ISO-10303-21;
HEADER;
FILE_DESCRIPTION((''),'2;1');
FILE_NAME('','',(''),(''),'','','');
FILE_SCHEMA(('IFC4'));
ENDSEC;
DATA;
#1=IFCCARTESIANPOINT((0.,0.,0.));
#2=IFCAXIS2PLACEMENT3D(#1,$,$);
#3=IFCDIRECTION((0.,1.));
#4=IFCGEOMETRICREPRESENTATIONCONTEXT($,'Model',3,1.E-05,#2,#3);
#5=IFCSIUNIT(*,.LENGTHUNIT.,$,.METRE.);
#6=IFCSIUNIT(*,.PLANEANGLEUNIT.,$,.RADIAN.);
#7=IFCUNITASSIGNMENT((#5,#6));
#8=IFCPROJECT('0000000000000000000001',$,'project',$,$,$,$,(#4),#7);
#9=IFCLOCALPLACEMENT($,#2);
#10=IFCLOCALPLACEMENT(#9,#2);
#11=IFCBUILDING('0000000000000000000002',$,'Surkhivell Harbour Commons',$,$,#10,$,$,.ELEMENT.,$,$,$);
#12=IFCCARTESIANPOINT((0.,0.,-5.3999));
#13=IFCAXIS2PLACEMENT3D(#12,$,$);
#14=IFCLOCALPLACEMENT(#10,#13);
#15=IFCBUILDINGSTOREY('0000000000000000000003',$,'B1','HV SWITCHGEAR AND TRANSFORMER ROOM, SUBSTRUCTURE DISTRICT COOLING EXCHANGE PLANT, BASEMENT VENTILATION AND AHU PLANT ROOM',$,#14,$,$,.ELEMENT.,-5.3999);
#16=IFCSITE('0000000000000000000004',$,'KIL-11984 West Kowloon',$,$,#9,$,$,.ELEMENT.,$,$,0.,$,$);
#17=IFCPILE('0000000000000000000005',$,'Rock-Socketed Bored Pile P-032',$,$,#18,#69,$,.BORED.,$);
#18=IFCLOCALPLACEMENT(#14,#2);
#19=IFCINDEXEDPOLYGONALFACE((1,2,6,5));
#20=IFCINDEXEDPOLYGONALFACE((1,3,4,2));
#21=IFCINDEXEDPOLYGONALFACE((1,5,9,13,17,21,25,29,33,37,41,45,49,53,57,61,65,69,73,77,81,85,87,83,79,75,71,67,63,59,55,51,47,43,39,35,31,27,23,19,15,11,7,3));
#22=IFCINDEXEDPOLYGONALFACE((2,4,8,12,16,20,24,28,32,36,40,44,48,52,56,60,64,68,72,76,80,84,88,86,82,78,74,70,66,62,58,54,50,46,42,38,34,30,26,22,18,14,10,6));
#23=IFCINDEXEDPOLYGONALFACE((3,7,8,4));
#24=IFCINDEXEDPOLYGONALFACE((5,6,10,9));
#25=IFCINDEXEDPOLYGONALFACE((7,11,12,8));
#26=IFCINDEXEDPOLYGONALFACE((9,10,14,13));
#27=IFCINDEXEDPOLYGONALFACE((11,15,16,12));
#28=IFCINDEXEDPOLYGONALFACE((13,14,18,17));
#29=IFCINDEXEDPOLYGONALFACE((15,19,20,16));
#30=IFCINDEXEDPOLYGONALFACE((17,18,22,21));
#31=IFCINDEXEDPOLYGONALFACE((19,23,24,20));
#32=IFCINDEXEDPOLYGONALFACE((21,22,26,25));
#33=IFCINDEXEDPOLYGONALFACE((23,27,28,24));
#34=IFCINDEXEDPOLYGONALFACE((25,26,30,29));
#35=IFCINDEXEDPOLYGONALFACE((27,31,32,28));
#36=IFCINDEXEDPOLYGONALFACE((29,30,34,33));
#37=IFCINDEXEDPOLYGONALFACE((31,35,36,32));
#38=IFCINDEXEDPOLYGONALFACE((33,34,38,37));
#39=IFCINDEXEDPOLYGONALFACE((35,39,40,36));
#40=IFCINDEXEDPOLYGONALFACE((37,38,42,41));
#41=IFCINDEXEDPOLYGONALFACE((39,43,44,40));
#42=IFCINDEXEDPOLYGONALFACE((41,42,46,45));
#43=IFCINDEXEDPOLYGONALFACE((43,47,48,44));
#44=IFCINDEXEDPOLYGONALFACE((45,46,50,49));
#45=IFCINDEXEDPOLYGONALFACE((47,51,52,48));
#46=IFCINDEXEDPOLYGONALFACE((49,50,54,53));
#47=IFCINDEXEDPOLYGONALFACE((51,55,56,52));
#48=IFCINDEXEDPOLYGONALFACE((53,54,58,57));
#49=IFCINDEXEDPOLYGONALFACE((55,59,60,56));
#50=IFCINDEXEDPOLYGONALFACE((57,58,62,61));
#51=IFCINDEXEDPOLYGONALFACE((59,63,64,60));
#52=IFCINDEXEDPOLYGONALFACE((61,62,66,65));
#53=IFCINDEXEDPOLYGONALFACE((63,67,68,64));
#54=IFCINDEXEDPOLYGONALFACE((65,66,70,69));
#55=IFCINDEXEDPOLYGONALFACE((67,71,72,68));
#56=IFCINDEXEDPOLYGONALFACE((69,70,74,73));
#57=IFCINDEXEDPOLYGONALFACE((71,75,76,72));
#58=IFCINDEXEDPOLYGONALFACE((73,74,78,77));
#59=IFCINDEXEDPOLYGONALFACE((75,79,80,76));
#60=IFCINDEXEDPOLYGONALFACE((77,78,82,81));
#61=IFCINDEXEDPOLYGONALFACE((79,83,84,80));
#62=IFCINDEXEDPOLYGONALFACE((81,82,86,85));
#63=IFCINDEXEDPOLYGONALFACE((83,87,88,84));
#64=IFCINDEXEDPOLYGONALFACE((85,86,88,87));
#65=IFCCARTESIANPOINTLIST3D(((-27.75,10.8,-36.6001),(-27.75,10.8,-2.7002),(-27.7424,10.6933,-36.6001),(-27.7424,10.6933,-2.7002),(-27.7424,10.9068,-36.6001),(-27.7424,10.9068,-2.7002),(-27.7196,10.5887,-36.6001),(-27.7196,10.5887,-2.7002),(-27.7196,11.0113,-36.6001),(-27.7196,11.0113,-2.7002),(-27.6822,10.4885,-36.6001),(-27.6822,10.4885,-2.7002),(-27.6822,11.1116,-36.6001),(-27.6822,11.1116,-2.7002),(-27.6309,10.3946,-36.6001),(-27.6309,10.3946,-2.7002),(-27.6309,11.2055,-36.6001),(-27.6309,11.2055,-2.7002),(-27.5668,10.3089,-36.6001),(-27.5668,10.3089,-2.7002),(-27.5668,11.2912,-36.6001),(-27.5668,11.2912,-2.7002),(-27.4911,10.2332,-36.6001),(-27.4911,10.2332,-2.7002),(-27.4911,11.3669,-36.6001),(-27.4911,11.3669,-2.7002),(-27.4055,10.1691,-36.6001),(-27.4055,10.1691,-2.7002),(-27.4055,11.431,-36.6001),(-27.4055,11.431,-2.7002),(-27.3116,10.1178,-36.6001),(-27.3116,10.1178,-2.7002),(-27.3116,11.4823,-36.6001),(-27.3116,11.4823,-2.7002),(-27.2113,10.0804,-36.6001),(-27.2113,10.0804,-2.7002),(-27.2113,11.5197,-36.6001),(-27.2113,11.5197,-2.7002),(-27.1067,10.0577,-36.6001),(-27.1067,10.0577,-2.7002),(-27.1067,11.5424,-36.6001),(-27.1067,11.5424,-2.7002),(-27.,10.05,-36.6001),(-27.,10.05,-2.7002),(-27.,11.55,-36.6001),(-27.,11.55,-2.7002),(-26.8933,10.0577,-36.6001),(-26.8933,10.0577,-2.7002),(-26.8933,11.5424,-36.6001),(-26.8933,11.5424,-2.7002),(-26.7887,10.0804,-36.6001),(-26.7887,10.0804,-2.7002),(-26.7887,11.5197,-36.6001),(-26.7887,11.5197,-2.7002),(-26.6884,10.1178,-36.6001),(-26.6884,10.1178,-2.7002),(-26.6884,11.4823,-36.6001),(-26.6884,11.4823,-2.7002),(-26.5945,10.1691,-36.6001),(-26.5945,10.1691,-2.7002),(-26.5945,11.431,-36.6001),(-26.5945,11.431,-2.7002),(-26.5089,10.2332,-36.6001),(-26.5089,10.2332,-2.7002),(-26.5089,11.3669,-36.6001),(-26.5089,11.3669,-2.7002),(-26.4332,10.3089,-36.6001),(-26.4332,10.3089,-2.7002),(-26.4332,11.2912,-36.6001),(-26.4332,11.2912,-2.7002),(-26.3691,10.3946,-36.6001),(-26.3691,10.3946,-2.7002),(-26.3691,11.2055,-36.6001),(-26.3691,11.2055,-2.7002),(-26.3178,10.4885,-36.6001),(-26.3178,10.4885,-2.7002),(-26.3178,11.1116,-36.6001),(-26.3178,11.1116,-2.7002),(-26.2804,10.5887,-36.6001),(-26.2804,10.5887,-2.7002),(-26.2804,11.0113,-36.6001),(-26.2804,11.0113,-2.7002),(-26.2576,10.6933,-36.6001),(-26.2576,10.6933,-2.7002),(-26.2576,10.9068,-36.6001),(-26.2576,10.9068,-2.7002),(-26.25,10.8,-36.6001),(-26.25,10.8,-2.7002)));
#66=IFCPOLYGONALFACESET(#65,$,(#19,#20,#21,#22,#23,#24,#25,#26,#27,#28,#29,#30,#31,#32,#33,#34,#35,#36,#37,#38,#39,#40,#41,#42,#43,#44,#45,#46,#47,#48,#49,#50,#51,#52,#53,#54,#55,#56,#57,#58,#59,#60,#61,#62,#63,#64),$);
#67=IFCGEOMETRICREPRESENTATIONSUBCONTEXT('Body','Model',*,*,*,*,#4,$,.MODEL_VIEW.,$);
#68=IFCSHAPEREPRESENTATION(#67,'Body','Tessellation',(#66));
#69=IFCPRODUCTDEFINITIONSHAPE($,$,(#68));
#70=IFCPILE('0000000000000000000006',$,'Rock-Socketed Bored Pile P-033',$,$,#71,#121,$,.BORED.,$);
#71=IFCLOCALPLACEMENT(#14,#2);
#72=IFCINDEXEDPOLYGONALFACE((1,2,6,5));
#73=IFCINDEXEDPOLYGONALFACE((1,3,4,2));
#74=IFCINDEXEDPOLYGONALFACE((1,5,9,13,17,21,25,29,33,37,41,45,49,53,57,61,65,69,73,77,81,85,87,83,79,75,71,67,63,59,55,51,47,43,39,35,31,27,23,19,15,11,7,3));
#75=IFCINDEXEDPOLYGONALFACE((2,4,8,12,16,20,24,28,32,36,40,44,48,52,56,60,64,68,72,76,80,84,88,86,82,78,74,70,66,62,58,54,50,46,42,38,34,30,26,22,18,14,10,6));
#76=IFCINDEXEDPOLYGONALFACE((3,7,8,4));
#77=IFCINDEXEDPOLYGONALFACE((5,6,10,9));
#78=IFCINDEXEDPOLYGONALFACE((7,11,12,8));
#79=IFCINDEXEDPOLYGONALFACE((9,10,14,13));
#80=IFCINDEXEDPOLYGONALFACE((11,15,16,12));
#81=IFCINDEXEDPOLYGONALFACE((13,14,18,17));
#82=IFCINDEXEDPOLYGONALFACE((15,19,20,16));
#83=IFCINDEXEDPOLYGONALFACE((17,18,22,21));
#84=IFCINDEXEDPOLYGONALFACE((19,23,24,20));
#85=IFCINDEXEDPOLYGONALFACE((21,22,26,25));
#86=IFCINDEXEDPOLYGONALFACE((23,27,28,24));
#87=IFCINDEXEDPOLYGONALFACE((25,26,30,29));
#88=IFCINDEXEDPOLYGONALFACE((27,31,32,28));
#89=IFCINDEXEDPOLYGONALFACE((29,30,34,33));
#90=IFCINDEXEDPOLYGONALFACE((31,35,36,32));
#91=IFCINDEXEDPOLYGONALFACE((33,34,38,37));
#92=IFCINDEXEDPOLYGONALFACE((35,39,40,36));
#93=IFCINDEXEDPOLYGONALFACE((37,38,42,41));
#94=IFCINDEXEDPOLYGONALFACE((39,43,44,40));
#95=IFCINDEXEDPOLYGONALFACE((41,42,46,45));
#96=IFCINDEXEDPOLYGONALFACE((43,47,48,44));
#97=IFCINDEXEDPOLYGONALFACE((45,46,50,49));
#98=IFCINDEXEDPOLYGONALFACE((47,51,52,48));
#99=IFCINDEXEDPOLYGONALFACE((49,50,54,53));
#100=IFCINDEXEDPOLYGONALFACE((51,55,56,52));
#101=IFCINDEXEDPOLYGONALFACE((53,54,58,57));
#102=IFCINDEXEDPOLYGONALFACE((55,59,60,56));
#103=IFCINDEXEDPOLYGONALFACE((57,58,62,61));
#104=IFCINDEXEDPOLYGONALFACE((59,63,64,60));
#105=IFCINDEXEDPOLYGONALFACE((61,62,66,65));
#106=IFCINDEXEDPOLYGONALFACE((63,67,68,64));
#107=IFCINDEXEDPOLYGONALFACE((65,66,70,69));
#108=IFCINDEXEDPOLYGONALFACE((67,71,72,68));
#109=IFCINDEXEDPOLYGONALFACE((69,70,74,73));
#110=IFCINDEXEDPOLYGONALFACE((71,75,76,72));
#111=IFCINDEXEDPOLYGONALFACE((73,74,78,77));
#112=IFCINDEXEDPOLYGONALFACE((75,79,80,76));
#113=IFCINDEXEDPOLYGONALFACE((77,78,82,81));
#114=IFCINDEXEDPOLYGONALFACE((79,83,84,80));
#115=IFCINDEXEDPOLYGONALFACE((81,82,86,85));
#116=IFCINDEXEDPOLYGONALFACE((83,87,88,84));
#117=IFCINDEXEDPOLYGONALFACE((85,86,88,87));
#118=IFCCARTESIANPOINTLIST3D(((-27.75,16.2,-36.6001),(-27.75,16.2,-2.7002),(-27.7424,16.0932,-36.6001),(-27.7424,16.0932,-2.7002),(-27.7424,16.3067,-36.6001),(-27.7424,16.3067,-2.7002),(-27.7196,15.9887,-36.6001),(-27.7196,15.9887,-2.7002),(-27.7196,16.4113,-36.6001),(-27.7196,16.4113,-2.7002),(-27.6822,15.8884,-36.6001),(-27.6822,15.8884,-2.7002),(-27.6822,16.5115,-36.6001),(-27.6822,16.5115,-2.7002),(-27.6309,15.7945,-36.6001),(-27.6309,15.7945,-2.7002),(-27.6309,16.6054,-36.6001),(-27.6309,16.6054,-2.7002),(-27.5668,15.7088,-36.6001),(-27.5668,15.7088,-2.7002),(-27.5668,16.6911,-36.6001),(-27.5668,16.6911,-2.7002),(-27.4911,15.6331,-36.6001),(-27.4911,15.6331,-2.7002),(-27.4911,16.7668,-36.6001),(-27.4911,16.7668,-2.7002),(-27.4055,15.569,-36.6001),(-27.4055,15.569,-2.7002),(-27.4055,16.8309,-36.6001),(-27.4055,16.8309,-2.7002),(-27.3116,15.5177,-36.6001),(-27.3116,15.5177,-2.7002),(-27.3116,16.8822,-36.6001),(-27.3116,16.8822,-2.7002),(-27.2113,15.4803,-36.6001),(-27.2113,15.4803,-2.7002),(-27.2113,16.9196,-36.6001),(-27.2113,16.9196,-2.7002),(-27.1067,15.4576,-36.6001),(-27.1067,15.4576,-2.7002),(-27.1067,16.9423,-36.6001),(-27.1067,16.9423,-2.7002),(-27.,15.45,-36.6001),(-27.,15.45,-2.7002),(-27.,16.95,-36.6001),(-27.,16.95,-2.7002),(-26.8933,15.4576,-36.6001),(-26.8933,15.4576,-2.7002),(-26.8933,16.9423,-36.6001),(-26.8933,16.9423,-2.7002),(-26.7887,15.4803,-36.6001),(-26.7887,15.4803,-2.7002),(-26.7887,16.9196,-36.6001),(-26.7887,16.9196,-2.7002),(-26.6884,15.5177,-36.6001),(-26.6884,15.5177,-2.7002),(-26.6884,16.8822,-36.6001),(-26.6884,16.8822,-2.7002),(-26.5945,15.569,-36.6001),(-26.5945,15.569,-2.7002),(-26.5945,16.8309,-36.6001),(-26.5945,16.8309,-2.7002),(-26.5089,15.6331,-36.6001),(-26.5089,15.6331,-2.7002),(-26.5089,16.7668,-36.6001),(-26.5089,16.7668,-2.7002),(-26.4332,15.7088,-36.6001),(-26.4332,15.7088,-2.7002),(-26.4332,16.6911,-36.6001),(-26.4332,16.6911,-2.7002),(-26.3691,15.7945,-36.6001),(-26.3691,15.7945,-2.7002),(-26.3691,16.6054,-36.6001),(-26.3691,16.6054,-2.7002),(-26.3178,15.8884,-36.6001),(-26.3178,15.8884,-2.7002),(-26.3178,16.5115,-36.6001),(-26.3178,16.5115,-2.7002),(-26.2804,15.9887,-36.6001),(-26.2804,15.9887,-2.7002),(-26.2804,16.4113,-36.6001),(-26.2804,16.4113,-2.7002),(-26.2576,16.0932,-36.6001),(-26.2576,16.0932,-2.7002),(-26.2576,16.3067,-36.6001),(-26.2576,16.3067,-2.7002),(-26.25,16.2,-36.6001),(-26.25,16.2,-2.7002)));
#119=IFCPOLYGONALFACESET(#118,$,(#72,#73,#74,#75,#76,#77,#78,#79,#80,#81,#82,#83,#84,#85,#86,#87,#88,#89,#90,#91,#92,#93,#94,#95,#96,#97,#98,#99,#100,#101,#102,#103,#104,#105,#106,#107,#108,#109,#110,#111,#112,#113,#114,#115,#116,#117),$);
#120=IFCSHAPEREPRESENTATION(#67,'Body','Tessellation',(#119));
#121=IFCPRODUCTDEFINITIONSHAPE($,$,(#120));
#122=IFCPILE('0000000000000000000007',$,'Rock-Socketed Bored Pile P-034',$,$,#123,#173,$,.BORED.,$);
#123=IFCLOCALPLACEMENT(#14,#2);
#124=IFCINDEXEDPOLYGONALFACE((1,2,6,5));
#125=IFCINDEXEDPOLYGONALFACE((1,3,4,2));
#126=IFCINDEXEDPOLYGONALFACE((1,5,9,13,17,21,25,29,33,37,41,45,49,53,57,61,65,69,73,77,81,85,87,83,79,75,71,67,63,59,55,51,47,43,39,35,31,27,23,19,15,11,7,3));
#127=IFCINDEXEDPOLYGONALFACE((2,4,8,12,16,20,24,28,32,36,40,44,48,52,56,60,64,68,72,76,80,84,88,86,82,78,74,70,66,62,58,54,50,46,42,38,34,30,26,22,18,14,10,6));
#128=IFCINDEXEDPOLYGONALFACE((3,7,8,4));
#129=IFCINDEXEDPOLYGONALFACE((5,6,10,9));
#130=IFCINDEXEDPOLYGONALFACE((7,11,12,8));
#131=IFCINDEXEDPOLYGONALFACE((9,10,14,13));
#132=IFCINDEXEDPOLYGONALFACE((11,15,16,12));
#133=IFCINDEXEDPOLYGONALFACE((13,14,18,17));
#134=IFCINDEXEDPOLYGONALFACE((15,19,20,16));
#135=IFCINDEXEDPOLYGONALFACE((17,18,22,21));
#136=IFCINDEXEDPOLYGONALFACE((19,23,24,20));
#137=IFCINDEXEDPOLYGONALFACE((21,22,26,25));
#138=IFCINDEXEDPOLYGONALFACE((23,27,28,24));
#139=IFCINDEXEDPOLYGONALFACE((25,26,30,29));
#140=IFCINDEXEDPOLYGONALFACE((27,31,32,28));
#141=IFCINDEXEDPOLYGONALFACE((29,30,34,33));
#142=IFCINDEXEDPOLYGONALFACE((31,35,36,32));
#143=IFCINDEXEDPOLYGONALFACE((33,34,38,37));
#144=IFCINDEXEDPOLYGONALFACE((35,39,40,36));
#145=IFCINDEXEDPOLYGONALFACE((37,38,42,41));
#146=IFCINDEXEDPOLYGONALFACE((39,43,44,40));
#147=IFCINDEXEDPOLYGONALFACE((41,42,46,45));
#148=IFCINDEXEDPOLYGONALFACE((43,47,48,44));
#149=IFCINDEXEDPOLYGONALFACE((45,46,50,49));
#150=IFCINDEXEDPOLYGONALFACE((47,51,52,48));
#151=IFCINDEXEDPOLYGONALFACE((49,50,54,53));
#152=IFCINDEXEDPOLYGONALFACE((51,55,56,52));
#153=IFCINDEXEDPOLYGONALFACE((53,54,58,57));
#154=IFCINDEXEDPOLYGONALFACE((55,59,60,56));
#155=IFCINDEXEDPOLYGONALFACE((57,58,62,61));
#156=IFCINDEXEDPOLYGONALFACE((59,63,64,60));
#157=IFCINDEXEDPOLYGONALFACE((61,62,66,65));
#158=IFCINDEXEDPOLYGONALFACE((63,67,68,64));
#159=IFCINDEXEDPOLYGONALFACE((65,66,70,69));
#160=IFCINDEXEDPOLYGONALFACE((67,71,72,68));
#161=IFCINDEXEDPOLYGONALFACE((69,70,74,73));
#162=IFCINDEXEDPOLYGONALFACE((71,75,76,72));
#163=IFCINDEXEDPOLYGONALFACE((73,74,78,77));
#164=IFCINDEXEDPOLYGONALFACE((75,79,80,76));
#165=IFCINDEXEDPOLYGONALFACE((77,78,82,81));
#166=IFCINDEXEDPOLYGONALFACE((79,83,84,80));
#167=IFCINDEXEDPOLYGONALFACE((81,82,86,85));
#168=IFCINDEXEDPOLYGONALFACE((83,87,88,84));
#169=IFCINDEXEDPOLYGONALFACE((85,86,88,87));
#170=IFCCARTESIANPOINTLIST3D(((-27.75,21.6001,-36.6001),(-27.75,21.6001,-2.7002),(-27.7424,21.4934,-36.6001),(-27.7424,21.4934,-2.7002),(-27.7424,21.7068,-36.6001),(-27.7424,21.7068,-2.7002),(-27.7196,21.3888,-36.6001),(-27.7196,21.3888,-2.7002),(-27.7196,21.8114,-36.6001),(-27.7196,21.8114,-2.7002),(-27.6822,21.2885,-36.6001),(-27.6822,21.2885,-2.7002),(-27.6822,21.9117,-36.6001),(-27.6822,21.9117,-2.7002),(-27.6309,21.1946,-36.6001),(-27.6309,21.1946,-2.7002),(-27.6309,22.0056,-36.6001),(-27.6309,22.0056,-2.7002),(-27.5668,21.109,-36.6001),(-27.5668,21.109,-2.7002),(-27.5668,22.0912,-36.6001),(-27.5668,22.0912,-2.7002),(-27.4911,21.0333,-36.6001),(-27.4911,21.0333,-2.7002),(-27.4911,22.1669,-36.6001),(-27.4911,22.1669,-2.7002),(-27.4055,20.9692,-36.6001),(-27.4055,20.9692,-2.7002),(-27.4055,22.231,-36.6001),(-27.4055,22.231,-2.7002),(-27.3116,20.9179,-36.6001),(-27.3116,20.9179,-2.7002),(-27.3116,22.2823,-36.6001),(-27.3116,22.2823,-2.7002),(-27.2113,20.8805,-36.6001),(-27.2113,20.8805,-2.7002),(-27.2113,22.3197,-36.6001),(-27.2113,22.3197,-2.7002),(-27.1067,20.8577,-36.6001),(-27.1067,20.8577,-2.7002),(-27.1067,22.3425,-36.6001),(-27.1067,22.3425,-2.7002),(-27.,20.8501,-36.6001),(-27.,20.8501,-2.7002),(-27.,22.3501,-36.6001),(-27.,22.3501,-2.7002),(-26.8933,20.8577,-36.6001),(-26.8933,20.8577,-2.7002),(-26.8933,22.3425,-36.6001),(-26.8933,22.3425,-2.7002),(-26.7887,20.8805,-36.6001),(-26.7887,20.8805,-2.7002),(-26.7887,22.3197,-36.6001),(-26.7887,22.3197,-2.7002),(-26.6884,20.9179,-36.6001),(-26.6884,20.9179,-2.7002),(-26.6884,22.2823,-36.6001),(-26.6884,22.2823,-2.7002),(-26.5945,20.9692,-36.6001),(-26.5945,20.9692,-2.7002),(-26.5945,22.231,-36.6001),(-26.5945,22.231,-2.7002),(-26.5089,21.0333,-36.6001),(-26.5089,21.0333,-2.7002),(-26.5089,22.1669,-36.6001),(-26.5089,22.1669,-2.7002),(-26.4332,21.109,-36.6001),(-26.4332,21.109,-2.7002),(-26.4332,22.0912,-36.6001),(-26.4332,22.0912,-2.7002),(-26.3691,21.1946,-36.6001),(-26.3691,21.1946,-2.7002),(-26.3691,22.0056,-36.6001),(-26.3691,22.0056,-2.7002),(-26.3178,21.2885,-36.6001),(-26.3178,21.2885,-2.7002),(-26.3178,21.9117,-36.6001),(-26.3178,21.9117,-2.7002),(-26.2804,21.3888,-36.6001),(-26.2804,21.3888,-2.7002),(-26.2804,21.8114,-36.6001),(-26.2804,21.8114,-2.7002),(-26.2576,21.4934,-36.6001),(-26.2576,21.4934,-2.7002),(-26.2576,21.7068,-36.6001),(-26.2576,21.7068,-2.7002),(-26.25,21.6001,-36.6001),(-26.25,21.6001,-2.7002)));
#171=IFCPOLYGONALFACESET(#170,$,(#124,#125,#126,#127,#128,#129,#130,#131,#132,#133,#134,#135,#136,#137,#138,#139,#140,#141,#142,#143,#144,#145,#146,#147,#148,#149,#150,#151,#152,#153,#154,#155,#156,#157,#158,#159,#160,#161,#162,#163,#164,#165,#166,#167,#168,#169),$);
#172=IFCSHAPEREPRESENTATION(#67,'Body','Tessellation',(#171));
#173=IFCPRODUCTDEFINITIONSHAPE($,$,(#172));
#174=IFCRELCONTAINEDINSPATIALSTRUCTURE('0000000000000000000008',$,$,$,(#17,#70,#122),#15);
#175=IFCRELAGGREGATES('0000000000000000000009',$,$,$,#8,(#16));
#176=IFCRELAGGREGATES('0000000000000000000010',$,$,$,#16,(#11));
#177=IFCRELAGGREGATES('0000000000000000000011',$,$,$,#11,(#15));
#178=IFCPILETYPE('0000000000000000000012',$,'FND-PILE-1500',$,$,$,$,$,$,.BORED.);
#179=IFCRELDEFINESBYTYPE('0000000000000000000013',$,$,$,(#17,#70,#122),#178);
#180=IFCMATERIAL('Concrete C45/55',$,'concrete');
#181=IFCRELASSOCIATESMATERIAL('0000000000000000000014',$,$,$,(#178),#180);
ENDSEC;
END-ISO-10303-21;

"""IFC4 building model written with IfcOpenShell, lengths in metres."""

from ifc_helpers import new_model, si_unit, direction, frame, origin, origin_2d, place, context, subcontext, project, spatial, circle, extrude, material, material_profile, profile_set, type_object, element, save


model = new_model("IFC4")

# Units and contexts
model_context = context("Model", 3, precision=1e-05, world=origin(), true_north=direction((0.0, 1.0)))
body_context = subcontext(model_context, "Body", "Model", "MODEL_VIEW")
ifc_project = project(units=[si_unit("LENGTHUNIT", "METRE"), si_unit("PLANEANGLEUNIT", "RADIAN")], contexts=[model_context])

# Site, building, storey
site_placement = place(None, origin())
site = spatial("IfcSite", under=ifc_project, at=site_placement, Name="KIL-11984 West Kowloon", CompositionType="ELEMENT", RefElevation=0.0)
building_placement = place(site_placement, origin())
building = spatial("IfcBuilding", under=site, at=building_placement, Name="Surkhivell Harbour Commons", CompositionType="ELEMENT")
storey_placement = place(building_placement, frame((0.0, 0.0, -5.3999)))
storey = spatial("IfcBuildingStorey", under=building, at=storey_placement, Name="B1", Description="HV SWITCHGEAR AND TRANSFORMER ROOM, SUBSTRUCTURE DISTRICT COOLING EXCHANGE PLANT, BASEMENT VENTILATION AND AHU PLANT ROOM", CompositionType="ELEMENT", Elevation=-5.3999)

# Piles
ifc_material_1 = material(Name="Concrete C45/55", Category="concrete")
ifc_material_profile_1 = material_profile(ifc_material_1, circle(Radius=0.75, at=origin_2d()), Name="PILE-1500")
ifc_profile_set_1 = profile_set([ifc_material_profile_1], Name="Concrete C45/55")
pile_type_1 = type_object("IfcPileType", Name="FND-PILE-1500", PredefinedType="BORED", material=ifc_profile_set_1)
for number, where, z_axis, x_axis, name in (
    (1, (-27.0, 10.8, -2.7002), (0.0, 0.0, -1.0), (1.0, 0.0, 0.0), "Rock-Socketed Bored Pile P-032"),
    (2, (-27.0, 16.2, -2.7002), (0.0, 0.0, -1.0), (1.0, 0.0, 0.0), "Rock-Socketed Bored Pile P-033"),
    (3, (-27.0, 21.6001, -2.7002), (0.0, 0.0, -1.0), (1.0, 0.0, 0.0), "Rock-Socketed Bored Pile P-034"),
):
    element("IfcPile", number, at=place(storey_placement, frame(where, z_axis=z_axis, x_axis=x_axis)), inside=storey, type_object=pile_type_1, Name=name, PredefinedType="BORED", context=body_context, shape_type="SweptSolid", body=[
        extrude(circle(Radius=0.75, at=origin_2d()), origin(), (0.0, 0.0, 1.0), 33.8999),
    ])

save(model, "model.ifc")
